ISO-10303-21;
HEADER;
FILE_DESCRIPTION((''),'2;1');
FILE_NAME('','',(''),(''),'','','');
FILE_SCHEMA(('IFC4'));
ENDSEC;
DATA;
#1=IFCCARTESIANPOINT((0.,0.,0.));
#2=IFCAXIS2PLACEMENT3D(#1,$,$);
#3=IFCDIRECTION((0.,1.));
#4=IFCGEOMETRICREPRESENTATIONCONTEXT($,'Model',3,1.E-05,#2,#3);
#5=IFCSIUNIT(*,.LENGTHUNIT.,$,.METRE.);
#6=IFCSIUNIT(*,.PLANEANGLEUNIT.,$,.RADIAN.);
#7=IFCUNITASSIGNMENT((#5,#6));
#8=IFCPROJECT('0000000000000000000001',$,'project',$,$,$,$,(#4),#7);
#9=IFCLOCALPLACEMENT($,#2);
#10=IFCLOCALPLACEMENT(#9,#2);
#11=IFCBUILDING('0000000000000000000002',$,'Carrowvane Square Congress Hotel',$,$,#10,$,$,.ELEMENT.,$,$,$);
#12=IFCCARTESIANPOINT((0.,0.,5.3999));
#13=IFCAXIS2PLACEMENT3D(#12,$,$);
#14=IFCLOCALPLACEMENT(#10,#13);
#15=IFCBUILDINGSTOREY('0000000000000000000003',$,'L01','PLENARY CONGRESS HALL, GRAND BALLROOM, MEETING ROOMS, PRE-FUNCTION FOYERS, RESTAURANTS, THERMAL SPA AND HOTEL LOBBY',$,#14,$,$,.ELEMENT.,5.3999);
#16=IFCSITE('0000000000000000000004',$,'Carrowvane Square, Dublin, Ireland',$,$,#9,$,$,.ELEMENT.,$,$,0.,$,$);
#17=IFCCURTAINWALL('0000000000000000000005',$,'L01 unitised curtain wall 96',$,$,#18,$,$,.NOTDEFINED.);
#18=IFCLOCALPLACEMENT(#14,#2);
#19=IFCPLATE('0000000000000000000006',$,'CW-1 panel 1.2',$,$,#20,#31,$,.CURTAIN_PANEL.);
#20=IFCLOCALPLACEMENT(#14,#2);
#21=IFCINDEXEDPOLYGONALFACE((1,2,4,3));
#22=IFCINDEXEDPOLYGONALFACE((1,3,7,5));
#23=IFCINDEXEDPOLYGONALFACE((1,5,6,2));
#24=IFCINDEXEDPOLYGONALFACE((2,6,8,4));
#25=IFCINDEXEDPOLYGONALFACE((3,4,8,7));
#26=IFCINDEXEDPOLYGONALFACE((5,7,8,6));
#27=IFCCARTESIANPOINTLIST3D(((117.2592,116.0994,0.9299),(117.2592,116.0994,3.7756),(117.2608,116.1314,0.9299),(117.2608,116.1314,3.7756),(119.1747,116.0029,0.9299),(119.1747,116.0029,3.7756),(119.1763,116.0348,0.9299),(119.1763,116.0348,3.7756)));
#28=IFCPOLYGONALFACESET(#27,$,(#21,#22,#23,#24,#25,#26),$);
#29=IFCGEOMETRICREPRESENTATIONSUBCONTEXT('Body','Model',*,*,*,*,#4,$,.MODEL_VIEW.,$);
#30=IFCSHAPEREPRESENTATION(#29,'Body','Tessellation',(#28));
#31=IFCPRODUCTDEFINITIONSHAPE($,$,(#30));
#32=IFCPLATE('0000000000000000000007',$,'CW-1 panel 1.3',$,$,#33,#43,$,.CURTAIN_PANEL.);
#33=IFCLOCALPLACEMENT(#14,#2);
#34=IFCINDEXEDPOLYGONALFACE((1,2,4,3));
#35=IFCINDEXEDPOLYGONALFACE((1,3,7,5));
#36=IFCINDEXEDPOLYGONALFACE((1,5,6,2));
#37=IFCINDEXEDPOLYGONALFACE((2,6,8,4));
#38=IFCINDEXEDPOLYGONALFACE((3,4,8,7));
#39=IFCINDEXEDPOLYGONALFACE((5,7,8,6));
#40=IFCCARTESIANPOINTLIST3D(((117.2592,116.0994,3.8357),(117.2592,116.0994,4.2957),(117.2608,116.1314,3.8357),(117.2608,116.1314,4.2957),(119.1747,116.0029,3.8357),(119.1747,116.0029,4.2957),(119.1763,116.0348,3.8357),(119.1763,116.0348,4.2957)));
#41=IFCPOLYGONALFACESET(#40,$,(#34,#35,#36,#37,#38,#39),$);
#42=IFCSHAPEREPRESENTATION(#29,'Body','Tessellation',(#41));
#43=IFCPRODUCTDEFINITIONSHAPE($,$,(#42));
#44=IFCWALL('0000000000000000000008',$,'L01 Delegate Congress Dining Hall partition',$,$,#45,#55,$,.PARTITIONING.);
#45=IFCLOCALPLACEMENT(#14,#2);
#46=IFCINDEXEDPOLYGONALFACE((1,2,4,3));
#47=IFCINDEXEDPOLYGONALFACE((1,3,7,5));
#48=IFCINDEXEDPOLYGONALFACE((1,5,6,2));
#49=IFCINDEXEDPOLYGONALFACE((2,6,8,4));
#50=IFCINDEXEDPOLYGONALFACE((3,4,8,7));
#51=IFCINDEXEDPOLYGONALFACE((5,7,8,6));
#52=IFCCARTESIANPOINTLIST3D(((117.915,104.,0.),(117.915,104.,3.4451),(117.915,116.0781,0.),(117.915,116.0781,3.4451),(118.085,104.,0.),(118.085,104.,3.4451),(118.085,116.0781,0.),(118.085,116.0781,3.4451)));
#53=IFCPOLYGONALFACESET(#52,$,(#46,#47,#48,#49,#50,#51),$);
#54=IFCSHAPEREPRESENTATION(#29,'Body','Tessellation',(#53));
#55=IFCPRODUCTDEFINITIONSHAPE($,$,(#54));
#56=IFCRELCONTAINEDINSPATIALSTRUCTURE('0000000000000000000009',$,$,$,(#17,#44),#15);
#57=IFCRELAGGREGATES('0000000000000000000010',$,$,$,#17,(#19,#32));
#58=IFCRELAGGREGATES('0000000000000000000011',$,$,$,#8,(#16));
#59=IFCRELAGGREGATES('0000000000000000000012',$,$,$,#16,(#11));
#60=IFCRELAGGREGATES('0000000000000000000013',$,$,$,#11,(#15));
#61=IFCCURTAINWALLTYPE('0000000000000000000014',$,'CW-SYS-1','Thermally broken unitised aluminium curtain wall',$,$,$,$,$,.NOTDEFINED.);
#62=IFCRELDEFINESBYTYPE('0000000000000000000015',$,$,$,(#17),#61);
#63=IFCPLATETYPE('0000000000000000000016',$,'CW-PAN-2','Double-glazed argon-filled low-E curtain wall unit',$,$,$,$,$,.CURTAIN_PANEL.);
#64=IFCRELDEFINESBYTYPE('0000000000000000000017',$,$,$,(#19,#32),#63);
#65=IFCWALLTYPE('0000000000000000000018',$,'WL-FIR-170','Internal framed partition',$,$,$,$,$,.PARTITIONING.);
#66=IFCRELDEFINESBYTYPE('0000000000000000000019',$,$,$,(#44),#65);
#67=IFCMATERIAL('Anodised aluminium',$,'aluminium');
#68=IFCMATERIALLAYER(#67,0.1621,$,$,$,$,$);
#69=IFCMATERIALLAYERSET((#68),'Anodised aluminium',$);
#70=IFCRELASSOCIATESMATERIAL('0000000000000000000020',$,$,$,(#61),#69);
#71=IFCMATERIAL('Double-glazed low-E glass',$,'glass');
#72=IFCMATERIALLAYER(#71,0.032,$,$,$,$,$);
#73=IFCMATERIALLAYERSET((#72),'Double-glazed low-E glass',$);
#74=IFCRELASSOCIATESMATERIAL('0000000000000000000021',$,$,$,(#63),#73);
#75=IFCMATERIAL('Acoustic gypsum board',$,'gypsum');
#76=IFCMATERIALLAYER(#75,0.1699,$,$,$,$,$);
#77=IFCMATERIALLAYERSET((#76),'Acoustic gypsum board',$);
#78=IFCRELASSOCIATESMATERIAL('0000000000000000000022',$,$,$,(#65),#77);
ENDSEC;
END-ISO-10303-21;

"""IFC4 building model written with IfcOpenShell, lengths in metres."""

from ifc_helpers import new_model, si_unit, direction, frame, frame_2d, origin, origin_2d, place, context, subcontext, project, spatial, rectangle, extrude, material, layer, layer_set, type_object, element, aggregate, save


model = new_model("IFC4")

# Units and contexts
model_context = context("Model", 3, precision=1e-05, world=origin(), true_north=direction((0.0, 1.0)))
body_context = subcontext(model_context, "Body", "Model", "MODEL_VIEW")
ifc_project = project(units=[si_unit("LENGTHUNIT", "METRE"), si_unit("PLANEANGLEUNIT", "RADIAN")], contexts=[model_context])

# Site, building, storey
site_placement = place(None, origin())
site = spatial("IfcSite", under=ifc_project, at=site_placement, Name="Carrowvane Square, Dublin, Ireland", CompositionType="ELEMENT", RefElevation=0.0)
building_placement = place(site_placement, origin())
building = spatial("IfcBuilding", under=site, at=building_placement, Name="Carrowvane Square Congress Hotel", CompositionType="ELEMENT")
storey_placement = place(building_placement, frame((0.0, 0.0, 5.3999)))
storey = spatial("IfcBuildingStorey", under=building, at=storey_placement, Name="L01", Description="PLENARY CONGRESS HALL, GRAND BALLROOM, MEETING ROOMS, PRE-FUNCTION FOYERS, RESTAURANTS, THERMAL SPA AND HOTEL LOBBY", CompositionType="ELEMENT", Elevation=5.3999)

# Curtain wall
ifc_material_1 = material(Name="Anodised aluminium", Category="aluminium")
ifc_layer_1 = layer(ifc_material_1, 0.1621)
ifc_layer_set_1 = layer_set([ifc_layer_1], Name="Anodised aluminium")
curtain_wall_type_1 = type_object("IfcCurtainWallType", Name="CW-SYS-1", Description="Thermally broken unitised aluminium curtain wall", PredefinedType="NOTDEFINED", material=ifc_layer_set_1)
curtain_wall_1_placement = place(storey_placement, origin())
curtain_wall_1 = element("IfcCurtainWall", 1, at=curtain_wall_1_placement, inside=storey, type_object=curtain_wall_type_1, Name="L01 unitised curtain wall 96", PredefinedType="NOTDEFINED")

# Plates
ifc_material_2 = material(Name="Double-glazed low-E glass", Category="glass")
ifc_layer_2 = layer(ifc_material_2, 0.032)
ifc_layer_set_2 = layer_set([ifc_layer_2], Name="Double-glazed low-E glass")
plate_type_1 = type_object("IfcPlateType", Name="CW-PAN-2", Description="Double-glazed argon-filled low-E curtain wall unit", PredefinedType="CURTAIN_PANEL", material=ifc_layer_set_2)
plate_1_placement = place(storey_placement, frame((118.2178, 116.0671, 0.9299), z_axis=(0.0, 0.0, 1.0), x_axis=(0.998733, -0.050324, 0.0)))
plate_1 = element("IfcPlate", 2, at=plate_1_placement, type_object=plate_type_1, Name="CW-1 panel 1.2", PredefinedType="CURTAIN_PANEL", context=body_context, shape_type="SweptSolid", body=[
    extrude(rectangle(XDim=1.918, YDim=0.032, at=origin_2d()), origin(), (0.0, 0.0, 1.0), 2.8457),
])
plate_2_placement = place(storey_placement, frame((118.2178, 116.0671, 3.8357), z_axis=(0.0, 0.0, 1.0), x_axis=(0.998733, -0.050324, 0.0)))
plate_2 = element("IfcPlate", 3, at=plate_2_placement, type_object=plate_type_1, Name="CW-1 panel 1.3", PredefinedType="CURTAIN_PANEL", context=body_context, shape_type="SweptSolid", body=[
    extrude(rectangle(XDim=1.918, YDim=0.032, at=origin_2d()), origin(), (0.0, 0.0, 1.0), 0.46),
])
aggregate(curtain_wall_1, [plate_1, plate_2])

# Wall
ifc_material_3 = material(Name="Acoustic gypsum board", Category="gypsum")
ifc_layer_3 = layer(ifc_material_3, 0.1699)
ifc_layer_set_3 = layer_set([ifc_layer_3], Name="Acoustic gypsum board")
wall_type = type_object("IfcWallType", Name="WL-FIR-170", Description="Internal framed partition", PredefinedType="PARTITIONING", material=ifc_layer_set_3)
wall_placement = place(storey_placement, frame((118.0, 116.0781, 0.0), z_axis=(0.0, 0.0, 1.0), x_axis=(0.0, -1.0, 0.0)))
element("IfcWall", 4, at=wall_placement, inside=storey, type_object=wall_type, Name="L01 Delegate Congress Dining Hall partition", PredefinedType="PARTITIONING", context=body_context, shape_type="SweptSolid", body=[
    extrude(rectangle(XDim=12.0781, YDim=0.1699, at=frame_2d((6.0391, 0.0))), origin(), (0.0, 0.0, 1.0), 3.4451),
])

save(model, "model.ifc")
